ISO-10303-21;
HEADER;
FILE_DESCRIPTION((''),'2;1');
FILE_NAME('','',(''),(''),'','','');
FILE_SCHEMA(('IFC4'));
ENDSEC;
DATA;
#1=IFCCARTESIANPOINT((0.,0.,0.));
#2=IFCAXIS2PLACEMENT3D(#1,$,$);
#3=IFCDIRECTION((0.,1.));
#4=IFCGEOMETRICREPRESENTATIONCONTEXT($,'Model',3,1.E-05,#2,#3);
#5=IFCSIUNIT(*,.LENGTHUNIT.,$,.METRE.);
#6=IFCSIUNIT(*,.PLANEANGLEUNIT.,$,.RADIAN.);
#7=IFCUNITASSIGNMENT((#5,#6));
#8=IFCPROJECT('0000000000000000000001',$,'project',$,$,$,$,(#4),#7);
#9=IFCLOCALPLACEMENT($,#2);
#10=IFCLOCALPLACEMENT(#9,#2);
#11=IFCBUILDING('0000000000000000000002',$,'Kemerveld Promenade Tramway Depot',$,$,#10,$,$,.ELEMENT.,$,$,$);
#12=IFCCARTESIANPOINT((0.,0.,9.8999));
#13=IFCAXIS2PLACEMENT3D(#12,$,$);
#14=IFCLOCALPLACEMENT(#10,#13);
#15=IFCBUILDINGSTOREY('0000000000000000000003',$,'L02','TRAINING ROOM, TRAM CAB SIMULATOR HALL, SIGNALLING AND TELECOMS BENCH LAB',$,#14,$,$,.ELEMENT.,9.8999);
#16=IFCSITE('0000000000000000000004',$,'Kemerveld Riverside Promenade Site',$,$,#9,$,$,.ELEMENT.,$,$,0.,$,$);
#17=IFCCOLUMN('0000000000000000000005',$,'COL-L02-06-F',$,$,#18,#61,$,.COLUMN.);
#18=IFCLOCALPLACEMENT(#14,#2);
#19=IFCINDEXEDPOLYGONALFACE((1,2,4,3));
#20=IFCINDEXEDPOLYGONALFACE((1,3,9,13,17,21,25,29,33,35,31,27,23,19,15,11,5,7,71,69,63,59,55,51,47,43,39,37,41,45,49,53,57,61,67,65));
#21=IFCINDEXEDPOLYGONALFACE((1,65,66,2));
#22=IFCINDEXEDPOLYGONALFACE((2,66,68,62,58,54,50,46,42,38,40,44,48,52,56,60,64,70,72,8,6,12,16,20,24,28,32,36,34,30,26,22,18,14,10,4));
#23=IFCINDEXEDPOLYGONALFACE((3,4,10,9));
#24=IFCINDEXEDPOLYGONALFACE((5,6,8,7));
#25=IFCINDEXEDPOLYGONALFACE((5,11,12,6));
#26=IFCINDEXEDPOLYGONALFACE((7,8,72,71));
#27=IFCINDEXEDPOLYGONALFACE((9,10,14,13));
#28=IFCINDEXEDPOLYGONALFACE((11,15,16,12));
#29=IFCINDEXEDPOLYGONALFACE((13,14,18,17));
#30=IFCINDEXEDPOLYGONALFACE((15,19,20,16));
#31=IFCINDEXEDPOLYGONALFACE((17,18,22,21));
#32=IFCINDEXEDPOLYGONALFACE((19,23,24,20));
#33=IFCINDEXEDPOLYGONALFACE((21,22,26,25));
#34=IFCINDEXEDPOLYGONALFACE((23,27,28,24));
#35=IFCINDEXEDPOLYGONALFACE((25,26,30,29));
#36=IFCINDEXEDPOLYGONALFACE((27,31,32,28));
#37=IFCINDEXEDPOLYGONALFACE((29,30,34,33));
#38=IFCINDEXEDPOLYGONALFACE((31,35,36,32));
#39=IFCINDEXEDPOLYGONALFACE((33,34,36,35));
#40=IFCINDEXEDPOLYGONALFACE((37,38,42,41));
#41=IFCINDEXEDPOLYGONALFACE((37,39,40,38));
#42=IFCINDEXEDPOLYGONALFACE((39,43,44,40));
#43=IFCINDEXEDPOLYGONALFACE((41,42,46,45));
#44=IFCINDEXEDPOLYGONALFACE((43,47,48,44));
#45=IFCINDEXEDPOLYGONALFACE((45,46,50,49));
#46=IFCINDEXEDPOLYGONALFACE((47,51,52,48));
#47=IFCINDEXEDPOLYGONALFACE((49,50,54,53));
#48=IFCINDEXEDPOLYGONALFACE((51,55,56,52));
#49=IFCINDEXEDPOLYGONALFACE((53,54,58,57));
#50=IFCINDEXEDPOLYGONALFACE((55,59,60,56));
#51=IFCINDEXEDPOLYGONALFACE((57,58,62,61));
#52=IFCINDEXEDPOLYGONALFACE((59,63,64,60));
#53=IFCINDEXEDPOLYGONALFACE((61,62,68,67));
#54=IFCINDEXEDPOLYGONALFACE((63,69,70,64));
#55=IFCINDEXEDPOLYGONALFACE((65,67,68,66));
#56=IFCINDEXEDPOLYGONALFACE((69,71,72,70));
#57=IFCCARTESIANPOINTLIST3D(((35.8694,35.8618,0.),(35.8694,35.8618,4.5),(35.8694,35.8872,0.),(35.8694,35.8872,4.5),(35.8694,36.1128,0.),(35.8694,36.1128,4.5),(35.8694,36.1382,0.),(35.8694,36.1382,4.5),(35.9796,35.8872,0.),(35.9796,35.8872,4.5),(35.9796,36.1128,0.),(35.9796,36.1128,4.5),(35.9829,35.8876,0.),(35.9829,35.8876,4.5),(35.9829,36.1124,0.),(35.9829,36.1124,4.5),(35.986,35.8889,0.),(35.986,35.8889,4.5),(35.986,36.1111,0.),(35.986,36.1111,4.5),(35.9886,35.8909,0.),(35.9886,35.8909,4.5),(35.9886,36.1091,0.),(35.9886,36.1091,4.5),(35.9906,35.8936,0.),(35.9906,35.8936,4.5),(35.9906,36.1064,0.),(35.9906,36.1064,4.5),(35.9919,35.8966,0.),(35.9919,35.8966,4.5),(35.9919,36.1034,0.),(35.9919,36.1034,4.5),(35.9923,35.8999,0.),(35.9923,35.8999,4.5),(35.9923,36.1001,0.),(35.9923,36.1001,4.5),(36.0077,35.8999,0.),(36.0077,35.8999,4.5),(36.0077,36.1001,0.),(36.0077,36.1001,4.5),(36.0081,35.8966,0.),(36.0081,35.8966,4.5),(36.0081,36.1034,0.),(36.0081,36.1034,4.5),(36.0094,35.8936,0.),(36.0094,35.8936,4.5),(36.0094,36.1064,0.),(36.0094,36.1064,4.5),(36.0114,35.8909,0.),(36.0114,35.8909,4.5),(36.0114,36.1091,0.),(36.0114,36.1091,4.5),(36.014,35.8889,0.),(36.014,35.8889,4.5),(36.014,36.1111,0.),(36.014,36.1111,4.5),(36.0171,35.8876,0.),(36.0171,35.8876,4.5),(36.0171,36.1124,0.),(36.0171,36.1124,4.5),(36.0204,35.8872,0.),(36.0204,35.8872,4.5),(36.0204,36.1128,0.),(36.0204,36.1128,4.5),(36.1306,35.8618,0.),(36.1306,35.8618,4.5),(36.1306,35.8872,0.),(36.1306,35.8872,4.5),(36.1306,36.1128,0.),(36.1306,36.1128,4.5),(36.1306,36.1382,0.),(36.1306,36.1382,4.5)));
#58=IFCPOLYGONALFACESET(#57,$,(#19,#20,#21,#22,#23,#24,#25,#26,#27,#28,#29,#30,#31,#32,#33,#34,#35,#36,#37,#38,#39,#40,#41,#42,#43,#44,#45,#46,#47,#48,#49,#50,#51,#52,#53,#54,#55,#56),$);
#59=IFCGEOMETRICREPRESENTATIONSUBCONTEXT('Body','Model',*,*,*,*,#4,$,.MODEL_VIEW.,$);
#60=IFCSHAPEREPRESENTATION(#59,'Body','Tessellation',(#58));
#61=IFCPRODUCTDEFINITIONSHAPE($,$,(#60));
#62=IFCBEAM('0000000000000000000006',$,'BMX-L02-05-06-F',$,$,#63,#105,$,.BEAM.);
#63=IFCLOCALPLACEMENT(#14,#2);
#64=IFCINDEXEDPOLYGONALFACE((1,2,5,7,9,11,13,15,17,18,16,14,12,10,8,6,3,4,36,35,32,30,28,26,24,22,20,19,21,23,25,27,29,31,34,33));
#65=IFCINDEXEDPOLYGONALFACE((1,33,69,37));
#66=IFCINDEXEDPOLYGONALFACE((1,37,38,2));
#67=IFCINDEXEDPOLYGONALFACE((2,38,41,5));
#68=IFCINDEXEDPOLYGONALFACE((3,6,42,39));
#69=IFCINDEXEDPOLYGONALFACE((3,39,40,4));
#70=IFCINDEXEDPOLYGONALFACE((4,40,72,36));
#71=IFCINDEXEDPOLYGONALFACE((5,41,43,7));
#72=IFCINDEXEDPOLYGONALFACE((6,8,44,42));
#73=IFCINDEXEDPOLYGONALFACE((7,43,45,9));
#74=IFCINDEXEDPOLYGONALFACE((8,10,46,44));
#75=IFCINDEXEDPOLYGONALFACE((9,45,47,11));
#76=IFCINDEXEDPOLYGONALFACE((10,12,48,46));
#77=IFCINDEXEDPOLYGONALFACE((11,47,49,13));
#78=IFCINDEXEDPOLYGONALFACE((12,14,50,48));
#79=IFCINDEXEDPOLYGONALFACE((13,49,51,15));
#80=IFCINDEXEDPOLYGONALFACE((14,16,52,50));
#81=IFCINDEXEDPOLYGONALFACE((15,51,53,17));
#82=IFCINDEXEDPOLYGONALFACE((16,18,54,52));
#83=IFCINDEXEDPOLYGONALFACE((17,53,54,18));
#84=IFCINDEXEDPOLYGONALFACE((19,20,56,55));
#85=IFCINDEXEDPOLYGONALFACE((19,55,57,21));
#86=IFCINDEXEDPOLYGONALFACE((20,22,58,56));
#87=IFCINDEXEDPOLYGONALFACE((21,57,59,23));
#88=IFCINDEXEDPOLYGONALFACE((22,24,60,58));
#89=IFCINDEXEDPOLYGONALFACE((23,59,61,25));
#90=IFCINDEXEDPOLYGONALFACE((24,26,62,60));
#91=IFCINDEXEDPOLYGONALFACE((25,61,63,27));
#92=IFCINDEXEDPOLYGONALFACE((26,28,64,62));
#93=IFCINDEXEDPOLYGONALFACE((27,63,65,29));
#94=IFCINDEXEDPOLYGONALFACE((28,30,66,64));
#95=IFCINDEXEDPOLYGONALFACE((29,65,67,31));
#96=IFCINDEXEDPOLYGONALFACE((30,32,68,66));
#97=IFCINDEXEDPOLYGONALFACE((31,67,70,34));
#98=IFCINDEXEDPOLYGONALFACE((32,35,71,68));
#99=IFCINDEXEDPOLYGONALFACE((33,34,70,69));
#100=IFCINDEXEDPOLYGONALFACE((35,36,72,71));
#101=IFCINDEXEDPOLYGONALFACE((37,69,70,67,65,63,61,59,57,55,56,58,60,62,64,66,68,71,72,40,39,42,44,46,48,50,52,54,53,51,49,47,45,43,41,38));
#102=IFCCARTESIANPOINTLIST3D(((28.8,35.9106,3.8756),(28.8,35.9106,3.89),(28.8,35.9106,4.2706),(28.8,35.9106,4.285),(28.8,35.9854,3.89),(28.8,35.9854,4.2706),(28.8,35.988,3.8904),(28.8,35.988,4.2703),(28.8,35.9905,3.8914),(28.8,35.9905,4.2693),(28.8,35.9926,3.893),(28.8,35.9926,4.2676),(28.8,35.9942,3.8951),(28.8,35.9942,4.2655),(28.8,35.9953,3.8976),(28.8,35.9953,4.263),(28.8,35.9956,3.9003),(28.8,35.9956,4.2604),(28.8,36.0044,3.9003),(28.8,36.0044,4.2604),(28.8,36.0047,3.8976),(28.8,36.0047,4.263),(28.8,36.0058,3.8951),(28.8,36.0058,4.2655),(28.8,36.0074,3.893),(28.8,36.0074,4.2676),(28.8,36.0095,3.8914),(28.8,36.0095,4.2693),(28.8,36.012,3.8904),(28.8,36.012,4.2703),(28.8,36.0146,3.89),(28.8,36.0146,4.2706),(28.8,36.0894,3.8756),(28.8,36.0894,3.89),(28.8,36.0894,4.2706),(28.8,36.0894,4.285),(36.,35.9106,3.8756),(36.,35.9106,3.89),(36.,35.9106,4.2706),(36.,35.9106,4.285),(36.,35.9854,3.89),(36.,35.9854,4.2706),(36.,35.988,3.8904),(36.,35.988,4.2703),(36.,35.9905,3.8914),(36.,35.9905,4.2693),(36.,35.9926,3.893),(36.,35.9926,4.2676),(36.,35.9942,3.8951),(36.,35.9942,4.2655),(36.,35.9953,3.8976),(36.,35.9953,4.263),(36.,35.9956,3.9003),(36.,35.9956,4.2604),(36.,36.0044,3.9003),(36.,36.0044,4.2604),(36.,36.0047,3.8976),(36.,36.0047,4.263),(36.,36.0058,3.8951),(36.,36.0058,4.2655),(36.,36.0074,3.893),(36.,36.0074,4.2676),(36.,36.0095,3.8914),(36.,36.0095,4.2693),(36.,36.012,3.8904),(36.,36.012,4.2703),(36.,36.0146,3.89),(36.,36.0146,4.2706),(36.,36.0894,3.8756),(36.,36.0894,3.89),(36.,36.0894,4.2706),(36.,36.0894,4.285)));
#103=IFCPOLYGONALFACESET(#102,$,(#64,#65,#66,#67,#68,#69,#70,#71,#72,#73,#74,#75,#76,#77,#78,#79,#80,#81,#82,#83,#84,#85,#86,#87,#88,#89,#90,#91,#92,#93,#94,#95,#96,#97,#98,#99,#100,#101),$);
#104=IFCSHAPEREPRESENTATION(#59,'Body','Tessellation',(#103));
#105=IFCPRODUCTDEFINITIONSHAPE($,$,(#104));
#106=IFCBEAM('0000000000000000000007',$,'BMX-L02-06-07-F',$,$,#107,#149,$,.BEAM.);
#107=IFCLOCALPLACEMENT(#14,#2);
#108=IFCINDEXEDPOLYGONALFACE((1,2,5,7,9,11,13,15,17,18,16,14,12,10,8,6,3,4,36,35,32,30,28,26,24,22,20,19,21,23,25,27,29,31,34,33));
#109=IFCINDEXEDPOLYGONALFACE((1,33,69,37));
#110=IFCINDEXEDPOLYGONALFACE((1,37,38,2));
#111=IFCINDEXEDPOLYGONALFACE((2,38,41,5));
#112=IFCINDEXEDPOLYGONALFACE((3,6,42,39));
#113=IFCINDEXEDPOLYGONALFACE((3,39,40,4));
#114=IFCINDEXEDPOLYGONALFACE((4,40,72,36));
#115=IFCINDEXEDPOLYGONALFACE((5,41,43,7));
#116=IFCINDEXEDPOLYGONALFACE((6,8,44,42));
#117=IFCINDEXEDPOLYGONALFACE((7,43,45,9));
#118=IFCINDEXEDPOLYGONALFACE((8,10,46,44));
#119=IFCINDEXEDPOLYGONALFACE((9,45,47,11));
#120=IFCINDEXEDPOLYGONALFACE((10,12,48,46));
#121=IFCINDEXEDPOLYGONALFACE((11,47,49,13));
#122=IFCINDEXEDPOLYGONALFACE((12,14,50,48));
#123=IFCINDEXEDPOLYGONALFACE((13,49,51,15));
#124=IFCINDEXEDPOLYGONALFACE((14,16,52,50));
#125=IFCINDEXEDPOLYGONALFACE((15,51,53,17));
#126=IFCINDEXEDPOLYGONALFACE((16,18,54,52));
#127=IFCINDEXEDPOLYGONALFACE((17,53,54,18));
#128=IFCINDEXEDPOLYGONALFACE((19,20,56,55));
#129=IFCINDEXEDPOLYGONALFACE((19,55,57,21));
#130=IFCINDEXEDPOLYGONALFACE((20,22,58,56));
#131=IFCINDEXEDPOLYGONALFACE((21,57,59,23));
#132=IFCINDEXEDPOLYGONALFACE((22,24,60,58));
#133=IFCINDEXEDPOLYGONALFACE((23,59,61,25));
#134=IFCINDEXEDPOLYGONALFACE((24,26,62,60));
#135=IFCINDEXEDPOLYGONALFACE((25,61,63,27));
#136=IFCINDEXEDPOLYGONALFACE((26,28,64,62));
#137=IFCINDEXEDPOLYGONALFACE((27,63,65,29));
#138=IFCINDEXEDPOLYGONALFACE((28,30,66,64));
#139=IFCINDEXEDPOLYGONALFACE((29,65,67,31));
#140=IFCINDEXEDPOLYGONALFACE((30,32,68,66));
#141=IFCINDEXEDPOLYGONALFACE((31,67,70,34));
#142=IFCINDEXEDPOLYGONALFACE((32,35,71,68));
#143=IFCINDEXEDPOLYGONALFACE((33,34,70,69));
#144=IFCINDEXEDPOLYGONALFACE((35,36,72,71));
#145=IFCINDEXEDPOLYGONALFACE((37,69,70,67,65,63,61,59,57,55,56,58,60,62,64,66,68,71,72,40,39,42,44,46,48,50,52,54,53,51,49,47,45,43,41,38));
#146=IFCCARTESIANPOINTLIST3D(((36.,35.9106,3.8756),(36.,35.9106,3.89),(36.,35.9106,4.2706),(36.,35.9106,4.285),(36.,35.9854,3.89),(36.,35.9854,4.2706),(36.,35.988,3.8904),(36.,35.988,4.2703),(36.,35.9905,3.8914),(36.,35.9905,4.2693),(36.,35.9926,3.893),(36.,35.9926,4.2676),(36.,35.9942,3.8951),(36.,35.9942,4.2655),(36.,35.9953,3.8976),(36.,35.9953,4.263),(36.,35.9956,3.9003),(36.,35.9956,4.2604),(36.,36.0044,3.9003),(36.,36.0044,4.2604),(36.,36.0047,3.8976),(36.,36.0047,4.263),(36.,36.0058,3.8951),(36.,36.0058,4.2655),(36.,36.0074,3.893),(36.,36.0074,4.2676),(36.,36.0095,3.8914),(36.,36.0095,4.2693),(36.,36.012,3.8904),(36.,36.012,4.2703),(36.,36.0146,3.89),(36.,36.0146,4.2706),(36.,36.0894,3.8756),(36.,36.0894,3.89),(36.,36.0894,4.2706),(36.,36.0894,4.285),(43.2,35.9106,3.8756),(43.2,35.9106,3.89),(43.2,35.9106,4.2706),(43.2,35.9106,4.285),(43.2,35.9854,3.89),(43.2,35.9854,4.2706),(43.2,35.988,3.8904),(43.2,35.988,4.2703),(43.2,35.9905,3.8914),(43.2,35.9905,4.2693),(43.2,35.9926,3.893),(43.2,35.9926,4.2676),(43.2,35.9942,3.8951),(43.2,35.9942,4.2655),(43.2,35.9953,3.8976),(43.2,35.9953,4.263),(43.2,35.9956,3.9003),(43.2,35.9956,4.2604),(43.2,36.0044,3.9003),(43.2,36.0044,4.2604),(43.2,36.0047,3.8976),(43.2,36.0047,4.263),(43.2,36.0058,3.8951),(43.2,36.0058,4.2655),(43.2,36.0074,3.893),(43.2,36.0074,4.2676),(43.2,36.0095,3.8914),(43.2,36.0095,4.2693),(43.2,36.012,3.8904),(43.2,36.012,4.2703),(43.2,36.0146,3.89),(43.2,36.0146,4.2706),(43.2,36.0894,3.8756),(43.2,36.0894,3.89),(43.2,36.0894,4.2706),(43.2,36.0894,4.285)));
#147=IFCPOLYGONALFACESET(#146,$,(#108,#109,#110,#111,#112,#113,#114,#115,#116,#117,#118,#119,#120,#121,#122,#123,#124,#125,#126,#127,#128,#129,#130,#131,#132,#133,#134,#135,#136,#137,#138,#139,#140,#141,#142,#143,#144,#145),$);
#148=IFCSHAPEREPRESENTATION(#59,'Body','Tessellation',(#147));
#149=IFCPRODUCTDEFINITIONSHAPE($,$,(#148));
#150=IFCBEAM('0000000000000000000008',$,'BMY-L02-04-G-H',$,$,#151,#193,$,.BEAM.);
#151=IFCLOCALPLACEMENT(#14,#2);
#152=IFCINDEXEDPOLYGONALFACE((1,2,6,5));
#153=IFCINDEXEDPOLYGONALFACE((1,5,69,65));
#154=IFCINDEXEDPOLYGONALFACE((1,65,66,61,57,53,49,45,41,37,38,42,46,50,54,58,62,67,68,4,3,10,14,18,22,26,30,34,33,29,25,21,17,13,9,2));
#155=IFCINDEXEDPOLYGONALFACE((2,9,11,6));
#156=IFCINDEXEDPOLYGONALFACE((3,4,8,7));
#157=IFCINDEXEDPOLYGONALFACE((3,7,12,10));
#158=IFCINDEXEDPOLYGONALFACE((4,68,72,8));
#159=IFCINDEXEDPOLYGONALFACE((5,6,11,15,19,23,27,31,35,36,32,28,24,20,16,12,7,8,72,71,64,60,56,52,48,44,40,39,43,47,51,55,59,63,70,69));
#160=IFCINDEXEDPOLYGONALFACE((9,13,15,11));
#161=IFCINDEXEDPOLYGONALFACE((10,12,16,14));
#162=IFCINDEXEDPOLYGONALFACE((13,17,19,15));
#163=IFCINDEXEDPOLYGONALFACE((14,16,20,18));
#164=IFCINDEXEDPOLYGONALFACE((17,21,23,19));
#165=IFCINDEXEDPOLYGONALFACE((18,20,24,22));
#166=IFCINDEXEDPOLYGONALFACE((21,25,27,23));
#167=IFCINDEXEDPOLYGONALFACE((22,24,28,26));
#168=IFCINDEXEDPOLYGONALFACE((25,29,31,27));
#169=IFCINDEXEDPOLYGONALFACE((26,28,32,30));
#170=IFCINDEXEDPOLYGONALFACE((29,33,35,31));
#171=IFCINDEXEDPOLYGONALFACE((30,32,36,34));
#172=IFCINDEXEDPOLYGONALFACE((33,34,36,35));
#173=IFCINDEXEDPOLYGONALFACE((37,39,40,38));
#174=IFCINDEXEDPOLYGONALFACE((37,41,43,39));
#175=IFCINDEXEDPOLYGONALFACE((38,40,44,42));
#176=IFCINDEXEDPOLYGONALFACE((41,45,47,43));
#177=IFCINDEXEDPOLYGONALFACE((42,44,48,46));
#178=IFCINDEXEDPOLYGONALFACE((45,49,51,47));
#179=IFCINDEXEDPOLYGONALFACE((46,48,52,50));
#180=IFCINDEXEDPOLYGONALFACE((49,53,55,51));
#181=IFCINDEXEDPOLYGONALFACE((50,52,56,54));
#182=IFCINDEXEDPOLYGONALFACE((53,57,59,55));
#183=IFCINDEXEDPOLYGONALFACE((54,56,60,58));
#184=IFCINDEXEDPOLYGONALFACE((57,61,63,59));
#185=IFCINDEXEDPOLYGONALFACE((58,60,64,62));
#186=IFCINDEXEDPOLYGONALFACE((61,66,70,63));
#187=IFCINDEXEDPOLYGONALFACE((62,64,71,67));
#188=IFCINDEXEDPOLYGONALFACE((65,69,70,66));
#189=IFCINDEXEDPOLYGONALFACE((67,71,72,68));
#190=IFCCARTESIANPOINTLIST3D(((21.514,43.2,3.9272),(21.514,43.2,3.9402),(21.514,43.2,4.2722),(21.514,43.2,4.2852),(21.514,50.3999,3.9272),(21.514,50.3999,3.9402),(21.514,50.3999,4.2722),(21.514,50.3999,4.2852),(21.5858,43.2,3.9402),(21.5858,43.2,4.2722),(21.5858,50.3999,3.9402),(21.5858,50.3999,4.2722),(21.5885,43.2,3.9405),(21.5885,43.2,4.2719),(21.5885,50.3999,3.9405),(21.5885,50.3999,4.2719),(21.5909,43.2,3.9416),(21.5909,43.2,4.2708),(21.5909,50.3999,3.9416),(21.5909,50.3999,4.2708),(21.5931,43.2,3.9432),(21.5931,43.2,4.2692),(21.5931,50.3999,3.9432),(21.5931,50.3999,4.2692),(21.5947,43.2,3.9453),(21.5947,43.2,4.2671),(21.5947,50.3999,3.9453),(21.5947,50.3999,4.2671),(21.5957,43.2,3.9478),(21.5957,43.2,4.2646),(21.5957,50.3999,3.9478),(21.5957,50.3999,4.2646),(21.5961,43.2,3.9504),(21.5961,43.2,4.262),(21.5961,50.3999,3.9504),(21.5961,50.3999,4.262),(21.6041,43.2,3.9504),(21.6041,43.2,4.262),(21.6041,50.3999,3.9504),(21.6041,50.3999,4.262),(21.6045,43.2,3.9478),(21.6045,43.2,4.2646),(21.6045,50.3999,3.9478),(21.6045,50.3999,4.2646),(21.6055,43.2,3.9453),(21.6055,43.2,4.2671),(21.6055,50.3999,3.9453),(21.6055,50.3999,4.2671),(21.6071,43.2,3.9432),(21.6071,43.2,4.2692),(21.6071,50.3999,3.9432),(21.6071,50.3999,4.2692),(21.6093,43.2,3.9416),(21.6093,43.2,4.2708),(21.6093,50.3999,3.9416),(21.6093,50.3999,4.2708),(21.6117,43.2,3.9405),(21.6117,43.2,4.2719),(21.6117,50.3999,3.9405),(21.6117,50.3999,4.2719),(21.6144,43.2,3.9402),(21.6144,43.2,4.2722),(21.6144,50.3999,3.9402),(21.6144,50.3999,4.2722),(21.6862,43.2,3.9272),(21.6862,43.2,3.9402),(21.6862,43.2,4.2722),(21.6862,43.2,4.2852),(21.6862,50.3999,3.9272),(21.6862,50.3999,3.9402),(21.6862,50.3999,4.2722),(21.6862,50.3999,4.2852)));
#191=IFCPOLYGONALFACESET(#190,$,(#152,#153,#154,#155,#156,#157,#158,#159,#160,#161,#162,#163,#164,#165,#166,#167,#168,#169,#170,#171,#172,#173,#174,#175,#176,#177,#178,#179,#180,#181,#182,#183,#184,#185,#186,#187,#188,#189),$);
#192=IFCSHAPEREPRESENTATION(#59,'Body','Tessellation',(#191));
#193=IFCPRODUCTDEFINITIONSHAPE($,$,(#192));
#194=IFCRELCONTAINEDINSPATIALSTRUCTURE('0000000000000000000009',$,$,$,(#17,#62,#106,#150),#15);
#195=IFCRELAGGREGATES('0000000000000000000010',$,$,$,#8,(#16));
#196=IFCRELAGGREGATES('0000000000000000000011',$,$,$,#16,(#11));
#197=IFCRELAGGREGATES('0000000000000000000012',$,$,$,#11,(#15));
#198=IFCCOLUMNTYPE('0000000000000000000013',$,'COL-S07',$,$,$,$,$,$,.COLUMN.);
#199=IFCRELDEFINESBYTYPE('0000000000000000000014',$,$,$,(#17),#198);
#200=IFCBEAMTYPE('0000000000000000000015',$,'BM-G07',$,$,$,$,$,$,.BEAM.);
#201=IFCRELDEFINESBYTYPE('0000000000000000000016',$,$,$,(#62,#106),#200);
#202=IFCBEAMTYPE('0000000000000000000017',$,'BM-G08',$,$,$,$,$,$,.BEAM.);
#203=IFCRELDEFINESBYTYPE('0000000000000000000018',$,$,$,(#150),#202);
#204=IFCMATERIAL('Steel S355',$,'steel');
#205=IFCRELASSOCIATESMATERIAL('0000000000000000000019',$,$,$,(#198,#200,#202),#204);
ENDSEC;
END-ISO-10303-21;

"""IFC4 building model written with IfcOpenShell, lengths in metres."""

from ifc_helpers import new_model, si_unit, direction, frame, origin, origin_2d, place, context, subcontext, project, spatial, i_section, extrude, material, material_profile, profile_set, type_object, element, save


model = new_model("IFC4")

# Units and contexts
model_context = context("Model", 3, precision=1e-05, world=origin(), true_north=direction((0.0, 1.0)))
body_context = subcontext(model_context, "Body", "Model", "MODEL_VIEW")
ifc_project = project(units=[si_unit("LENGTHUNIT", "METRE"), si_unit("PLANEANGLEUNIT", "RADIAN")], contexts=[model_context])

# Site, building, storey
site_placement = place(None, origin())
site = spatial("IfcSite", under=ifc_project, at=site_placement, Name="Kemerveld Riverside Promenade Site", CompositionType="ELEMENT", RefElevation=0.0)
building_placement = place(site_placement, origin())
building = spatial("IfcBuilding", under=site, at=building_placement, Name="Kemerveld Promenade Tramway Depot", CompositionType="ELEMENT")
storey_placement = place(building_placement, frame((0.0, 0.0, 9.8999)))
storey = spatial("IfcBuildingStorey", under=building, at=storey_placement, Name="L02", Description="TRAINING ROOM, TRAM CAB SIMULATOR HALL, SIGNALLING AND TELECOMS BENCH LAB", CompositionType="ELEMENT", Elevation=9.8999)

# Column
ifc_material = material(Name="Steel S355", Category="steel")
ifc_material_profile_1 = material_profile(ifc_material, i_section(OverallWidth=0.2612, OverallDepth=0.2764, WebThickness=0.0154, FlangeThickness=0.0254, FilletRadius=0.0127, at=origin_2d()), Name="254x254x132 UC")
ifc_profile_set_1 = profile_set([ifc_material_profile_1], Name="Steel S355")
column_type = type_object("IfcColumnType", Name="COL-S07", PredefinedType="COLUMN", material=ifc_profile_set_1)
for number, where, z_axis, x_axis, name in (
    (1, (36.0, 36.0, 0.0), (0.0, 0.0, 1.0), (1.0, 0.0, 0.0), "COL-L02-06-F"),
):
    element("IfcColumn", number, at=place(storey_placement, frame(where, z_axis=z_axis, x_axis=x_axis)), inside=storey, type_object=column_type, Name=name, PredefinedType="COLUMN", context=body_context, shape_type="SweptSolid", body=[
        extrude(i_section(OverallWidth=0.2612, OverallDepth=0.2764, WebThickness=0.0154, FlangeThickness=0.0254, FilletRadius=0.0127, at=origin_2d()), origin(), (0.0, 0.0, 1.0), 4.5),
    ])

# Beams
ifc_material_profile_2 = material_profile(ifc_material, i_section(OverallWidth=0.1787, OverallDepth=0.4094, WebThickness=0.0088, FlangeThickness=0.0144, FilletRadius=0.0103, at=origin_2d()), Name="406x178x67 UB")
ifc_profile_set_2 = profile_set([ifc_material_profile_2], Name="Steel S355")
beam_type_1 = type_object("IfcBeamType", Name="BM-G07", PredefinedType="BEAM", material=ifc_profile_set_2)
for number, where, z_axis, x_axis, name in (
    (2, (28.8, 36.0, 4.0803), (1.0, 0.0, 0.0), (0.0, 1.0, 0.0), "BMX-L02-05-06-F"),
    (3, (36.0, 36.0, 4.0803), (1.0, 0.0, 0.0), (0.0, 1.0, 0.0), "BMX-L02-06-07-F"),
):
    element("IfcBeam", number, at=place(storey_placement, frame(where, z_axis=z_axis, x_axis=x_axis)), inside=storey, type_object=beam_type_1, Name=name, PredefinedType="BEAM", context=body_context, shape_type="SweptSolid", body=[
        extrude(i_section(OverallWidth=0.1787, OverallDepth=0.4094, WebThickness=0.0088, FlangeThickness=0.0144, FilletRadius=0.0103, at=origin_2d()), origin(), (0.0, 0.0, 1.0), 7.2),
    ])
ifc_material_profile_3 = material_profile(ifc_material, i_section(OverallWidth=0.1721, OverallDepth=0.3579, WebThickness=0.0081, FlangeThickness=0.0129, FilletRadius=0.0103, at=origin_2d()), Name="356x171x57 UB")
ifc_profile_set_3 = profile_set([ifc_material_profile_3], Name="Steel S355")
beam_type_2 = type_object("IfcBeamType", Name="BM-G08", PredefinedType="BEAM", material=ifc_profile_set_3)
for number, where, z_axis, x_axis, name in (
    (4, (21.6001, 43.2, 4.1062), (0.0, 1.0, 0.0), (-1.0, 0.0, 0.0), "BMY-L02-04-G-H"),
):
    element("IfcBeam", number, at=place(storey_placement, frame(where, z_axis=z_axis, x_axis=x_axis)), inside=storey, type_object=beam_type_2, Name=name, PredefinedType="BEAM", context=body_context, shape_type="SweptSolid", body=[
        extrude(i_section(OverallWidth=0.1721, OverallDepth=0.3579, WebThickness=0.0081, FlangeThickness=0.0129, FilletRadius=0.0103, at=origin_2d()), origin(), (0.0, 0.0, 1.0), 7.2),
    ])

save(model, "model.ifc")
